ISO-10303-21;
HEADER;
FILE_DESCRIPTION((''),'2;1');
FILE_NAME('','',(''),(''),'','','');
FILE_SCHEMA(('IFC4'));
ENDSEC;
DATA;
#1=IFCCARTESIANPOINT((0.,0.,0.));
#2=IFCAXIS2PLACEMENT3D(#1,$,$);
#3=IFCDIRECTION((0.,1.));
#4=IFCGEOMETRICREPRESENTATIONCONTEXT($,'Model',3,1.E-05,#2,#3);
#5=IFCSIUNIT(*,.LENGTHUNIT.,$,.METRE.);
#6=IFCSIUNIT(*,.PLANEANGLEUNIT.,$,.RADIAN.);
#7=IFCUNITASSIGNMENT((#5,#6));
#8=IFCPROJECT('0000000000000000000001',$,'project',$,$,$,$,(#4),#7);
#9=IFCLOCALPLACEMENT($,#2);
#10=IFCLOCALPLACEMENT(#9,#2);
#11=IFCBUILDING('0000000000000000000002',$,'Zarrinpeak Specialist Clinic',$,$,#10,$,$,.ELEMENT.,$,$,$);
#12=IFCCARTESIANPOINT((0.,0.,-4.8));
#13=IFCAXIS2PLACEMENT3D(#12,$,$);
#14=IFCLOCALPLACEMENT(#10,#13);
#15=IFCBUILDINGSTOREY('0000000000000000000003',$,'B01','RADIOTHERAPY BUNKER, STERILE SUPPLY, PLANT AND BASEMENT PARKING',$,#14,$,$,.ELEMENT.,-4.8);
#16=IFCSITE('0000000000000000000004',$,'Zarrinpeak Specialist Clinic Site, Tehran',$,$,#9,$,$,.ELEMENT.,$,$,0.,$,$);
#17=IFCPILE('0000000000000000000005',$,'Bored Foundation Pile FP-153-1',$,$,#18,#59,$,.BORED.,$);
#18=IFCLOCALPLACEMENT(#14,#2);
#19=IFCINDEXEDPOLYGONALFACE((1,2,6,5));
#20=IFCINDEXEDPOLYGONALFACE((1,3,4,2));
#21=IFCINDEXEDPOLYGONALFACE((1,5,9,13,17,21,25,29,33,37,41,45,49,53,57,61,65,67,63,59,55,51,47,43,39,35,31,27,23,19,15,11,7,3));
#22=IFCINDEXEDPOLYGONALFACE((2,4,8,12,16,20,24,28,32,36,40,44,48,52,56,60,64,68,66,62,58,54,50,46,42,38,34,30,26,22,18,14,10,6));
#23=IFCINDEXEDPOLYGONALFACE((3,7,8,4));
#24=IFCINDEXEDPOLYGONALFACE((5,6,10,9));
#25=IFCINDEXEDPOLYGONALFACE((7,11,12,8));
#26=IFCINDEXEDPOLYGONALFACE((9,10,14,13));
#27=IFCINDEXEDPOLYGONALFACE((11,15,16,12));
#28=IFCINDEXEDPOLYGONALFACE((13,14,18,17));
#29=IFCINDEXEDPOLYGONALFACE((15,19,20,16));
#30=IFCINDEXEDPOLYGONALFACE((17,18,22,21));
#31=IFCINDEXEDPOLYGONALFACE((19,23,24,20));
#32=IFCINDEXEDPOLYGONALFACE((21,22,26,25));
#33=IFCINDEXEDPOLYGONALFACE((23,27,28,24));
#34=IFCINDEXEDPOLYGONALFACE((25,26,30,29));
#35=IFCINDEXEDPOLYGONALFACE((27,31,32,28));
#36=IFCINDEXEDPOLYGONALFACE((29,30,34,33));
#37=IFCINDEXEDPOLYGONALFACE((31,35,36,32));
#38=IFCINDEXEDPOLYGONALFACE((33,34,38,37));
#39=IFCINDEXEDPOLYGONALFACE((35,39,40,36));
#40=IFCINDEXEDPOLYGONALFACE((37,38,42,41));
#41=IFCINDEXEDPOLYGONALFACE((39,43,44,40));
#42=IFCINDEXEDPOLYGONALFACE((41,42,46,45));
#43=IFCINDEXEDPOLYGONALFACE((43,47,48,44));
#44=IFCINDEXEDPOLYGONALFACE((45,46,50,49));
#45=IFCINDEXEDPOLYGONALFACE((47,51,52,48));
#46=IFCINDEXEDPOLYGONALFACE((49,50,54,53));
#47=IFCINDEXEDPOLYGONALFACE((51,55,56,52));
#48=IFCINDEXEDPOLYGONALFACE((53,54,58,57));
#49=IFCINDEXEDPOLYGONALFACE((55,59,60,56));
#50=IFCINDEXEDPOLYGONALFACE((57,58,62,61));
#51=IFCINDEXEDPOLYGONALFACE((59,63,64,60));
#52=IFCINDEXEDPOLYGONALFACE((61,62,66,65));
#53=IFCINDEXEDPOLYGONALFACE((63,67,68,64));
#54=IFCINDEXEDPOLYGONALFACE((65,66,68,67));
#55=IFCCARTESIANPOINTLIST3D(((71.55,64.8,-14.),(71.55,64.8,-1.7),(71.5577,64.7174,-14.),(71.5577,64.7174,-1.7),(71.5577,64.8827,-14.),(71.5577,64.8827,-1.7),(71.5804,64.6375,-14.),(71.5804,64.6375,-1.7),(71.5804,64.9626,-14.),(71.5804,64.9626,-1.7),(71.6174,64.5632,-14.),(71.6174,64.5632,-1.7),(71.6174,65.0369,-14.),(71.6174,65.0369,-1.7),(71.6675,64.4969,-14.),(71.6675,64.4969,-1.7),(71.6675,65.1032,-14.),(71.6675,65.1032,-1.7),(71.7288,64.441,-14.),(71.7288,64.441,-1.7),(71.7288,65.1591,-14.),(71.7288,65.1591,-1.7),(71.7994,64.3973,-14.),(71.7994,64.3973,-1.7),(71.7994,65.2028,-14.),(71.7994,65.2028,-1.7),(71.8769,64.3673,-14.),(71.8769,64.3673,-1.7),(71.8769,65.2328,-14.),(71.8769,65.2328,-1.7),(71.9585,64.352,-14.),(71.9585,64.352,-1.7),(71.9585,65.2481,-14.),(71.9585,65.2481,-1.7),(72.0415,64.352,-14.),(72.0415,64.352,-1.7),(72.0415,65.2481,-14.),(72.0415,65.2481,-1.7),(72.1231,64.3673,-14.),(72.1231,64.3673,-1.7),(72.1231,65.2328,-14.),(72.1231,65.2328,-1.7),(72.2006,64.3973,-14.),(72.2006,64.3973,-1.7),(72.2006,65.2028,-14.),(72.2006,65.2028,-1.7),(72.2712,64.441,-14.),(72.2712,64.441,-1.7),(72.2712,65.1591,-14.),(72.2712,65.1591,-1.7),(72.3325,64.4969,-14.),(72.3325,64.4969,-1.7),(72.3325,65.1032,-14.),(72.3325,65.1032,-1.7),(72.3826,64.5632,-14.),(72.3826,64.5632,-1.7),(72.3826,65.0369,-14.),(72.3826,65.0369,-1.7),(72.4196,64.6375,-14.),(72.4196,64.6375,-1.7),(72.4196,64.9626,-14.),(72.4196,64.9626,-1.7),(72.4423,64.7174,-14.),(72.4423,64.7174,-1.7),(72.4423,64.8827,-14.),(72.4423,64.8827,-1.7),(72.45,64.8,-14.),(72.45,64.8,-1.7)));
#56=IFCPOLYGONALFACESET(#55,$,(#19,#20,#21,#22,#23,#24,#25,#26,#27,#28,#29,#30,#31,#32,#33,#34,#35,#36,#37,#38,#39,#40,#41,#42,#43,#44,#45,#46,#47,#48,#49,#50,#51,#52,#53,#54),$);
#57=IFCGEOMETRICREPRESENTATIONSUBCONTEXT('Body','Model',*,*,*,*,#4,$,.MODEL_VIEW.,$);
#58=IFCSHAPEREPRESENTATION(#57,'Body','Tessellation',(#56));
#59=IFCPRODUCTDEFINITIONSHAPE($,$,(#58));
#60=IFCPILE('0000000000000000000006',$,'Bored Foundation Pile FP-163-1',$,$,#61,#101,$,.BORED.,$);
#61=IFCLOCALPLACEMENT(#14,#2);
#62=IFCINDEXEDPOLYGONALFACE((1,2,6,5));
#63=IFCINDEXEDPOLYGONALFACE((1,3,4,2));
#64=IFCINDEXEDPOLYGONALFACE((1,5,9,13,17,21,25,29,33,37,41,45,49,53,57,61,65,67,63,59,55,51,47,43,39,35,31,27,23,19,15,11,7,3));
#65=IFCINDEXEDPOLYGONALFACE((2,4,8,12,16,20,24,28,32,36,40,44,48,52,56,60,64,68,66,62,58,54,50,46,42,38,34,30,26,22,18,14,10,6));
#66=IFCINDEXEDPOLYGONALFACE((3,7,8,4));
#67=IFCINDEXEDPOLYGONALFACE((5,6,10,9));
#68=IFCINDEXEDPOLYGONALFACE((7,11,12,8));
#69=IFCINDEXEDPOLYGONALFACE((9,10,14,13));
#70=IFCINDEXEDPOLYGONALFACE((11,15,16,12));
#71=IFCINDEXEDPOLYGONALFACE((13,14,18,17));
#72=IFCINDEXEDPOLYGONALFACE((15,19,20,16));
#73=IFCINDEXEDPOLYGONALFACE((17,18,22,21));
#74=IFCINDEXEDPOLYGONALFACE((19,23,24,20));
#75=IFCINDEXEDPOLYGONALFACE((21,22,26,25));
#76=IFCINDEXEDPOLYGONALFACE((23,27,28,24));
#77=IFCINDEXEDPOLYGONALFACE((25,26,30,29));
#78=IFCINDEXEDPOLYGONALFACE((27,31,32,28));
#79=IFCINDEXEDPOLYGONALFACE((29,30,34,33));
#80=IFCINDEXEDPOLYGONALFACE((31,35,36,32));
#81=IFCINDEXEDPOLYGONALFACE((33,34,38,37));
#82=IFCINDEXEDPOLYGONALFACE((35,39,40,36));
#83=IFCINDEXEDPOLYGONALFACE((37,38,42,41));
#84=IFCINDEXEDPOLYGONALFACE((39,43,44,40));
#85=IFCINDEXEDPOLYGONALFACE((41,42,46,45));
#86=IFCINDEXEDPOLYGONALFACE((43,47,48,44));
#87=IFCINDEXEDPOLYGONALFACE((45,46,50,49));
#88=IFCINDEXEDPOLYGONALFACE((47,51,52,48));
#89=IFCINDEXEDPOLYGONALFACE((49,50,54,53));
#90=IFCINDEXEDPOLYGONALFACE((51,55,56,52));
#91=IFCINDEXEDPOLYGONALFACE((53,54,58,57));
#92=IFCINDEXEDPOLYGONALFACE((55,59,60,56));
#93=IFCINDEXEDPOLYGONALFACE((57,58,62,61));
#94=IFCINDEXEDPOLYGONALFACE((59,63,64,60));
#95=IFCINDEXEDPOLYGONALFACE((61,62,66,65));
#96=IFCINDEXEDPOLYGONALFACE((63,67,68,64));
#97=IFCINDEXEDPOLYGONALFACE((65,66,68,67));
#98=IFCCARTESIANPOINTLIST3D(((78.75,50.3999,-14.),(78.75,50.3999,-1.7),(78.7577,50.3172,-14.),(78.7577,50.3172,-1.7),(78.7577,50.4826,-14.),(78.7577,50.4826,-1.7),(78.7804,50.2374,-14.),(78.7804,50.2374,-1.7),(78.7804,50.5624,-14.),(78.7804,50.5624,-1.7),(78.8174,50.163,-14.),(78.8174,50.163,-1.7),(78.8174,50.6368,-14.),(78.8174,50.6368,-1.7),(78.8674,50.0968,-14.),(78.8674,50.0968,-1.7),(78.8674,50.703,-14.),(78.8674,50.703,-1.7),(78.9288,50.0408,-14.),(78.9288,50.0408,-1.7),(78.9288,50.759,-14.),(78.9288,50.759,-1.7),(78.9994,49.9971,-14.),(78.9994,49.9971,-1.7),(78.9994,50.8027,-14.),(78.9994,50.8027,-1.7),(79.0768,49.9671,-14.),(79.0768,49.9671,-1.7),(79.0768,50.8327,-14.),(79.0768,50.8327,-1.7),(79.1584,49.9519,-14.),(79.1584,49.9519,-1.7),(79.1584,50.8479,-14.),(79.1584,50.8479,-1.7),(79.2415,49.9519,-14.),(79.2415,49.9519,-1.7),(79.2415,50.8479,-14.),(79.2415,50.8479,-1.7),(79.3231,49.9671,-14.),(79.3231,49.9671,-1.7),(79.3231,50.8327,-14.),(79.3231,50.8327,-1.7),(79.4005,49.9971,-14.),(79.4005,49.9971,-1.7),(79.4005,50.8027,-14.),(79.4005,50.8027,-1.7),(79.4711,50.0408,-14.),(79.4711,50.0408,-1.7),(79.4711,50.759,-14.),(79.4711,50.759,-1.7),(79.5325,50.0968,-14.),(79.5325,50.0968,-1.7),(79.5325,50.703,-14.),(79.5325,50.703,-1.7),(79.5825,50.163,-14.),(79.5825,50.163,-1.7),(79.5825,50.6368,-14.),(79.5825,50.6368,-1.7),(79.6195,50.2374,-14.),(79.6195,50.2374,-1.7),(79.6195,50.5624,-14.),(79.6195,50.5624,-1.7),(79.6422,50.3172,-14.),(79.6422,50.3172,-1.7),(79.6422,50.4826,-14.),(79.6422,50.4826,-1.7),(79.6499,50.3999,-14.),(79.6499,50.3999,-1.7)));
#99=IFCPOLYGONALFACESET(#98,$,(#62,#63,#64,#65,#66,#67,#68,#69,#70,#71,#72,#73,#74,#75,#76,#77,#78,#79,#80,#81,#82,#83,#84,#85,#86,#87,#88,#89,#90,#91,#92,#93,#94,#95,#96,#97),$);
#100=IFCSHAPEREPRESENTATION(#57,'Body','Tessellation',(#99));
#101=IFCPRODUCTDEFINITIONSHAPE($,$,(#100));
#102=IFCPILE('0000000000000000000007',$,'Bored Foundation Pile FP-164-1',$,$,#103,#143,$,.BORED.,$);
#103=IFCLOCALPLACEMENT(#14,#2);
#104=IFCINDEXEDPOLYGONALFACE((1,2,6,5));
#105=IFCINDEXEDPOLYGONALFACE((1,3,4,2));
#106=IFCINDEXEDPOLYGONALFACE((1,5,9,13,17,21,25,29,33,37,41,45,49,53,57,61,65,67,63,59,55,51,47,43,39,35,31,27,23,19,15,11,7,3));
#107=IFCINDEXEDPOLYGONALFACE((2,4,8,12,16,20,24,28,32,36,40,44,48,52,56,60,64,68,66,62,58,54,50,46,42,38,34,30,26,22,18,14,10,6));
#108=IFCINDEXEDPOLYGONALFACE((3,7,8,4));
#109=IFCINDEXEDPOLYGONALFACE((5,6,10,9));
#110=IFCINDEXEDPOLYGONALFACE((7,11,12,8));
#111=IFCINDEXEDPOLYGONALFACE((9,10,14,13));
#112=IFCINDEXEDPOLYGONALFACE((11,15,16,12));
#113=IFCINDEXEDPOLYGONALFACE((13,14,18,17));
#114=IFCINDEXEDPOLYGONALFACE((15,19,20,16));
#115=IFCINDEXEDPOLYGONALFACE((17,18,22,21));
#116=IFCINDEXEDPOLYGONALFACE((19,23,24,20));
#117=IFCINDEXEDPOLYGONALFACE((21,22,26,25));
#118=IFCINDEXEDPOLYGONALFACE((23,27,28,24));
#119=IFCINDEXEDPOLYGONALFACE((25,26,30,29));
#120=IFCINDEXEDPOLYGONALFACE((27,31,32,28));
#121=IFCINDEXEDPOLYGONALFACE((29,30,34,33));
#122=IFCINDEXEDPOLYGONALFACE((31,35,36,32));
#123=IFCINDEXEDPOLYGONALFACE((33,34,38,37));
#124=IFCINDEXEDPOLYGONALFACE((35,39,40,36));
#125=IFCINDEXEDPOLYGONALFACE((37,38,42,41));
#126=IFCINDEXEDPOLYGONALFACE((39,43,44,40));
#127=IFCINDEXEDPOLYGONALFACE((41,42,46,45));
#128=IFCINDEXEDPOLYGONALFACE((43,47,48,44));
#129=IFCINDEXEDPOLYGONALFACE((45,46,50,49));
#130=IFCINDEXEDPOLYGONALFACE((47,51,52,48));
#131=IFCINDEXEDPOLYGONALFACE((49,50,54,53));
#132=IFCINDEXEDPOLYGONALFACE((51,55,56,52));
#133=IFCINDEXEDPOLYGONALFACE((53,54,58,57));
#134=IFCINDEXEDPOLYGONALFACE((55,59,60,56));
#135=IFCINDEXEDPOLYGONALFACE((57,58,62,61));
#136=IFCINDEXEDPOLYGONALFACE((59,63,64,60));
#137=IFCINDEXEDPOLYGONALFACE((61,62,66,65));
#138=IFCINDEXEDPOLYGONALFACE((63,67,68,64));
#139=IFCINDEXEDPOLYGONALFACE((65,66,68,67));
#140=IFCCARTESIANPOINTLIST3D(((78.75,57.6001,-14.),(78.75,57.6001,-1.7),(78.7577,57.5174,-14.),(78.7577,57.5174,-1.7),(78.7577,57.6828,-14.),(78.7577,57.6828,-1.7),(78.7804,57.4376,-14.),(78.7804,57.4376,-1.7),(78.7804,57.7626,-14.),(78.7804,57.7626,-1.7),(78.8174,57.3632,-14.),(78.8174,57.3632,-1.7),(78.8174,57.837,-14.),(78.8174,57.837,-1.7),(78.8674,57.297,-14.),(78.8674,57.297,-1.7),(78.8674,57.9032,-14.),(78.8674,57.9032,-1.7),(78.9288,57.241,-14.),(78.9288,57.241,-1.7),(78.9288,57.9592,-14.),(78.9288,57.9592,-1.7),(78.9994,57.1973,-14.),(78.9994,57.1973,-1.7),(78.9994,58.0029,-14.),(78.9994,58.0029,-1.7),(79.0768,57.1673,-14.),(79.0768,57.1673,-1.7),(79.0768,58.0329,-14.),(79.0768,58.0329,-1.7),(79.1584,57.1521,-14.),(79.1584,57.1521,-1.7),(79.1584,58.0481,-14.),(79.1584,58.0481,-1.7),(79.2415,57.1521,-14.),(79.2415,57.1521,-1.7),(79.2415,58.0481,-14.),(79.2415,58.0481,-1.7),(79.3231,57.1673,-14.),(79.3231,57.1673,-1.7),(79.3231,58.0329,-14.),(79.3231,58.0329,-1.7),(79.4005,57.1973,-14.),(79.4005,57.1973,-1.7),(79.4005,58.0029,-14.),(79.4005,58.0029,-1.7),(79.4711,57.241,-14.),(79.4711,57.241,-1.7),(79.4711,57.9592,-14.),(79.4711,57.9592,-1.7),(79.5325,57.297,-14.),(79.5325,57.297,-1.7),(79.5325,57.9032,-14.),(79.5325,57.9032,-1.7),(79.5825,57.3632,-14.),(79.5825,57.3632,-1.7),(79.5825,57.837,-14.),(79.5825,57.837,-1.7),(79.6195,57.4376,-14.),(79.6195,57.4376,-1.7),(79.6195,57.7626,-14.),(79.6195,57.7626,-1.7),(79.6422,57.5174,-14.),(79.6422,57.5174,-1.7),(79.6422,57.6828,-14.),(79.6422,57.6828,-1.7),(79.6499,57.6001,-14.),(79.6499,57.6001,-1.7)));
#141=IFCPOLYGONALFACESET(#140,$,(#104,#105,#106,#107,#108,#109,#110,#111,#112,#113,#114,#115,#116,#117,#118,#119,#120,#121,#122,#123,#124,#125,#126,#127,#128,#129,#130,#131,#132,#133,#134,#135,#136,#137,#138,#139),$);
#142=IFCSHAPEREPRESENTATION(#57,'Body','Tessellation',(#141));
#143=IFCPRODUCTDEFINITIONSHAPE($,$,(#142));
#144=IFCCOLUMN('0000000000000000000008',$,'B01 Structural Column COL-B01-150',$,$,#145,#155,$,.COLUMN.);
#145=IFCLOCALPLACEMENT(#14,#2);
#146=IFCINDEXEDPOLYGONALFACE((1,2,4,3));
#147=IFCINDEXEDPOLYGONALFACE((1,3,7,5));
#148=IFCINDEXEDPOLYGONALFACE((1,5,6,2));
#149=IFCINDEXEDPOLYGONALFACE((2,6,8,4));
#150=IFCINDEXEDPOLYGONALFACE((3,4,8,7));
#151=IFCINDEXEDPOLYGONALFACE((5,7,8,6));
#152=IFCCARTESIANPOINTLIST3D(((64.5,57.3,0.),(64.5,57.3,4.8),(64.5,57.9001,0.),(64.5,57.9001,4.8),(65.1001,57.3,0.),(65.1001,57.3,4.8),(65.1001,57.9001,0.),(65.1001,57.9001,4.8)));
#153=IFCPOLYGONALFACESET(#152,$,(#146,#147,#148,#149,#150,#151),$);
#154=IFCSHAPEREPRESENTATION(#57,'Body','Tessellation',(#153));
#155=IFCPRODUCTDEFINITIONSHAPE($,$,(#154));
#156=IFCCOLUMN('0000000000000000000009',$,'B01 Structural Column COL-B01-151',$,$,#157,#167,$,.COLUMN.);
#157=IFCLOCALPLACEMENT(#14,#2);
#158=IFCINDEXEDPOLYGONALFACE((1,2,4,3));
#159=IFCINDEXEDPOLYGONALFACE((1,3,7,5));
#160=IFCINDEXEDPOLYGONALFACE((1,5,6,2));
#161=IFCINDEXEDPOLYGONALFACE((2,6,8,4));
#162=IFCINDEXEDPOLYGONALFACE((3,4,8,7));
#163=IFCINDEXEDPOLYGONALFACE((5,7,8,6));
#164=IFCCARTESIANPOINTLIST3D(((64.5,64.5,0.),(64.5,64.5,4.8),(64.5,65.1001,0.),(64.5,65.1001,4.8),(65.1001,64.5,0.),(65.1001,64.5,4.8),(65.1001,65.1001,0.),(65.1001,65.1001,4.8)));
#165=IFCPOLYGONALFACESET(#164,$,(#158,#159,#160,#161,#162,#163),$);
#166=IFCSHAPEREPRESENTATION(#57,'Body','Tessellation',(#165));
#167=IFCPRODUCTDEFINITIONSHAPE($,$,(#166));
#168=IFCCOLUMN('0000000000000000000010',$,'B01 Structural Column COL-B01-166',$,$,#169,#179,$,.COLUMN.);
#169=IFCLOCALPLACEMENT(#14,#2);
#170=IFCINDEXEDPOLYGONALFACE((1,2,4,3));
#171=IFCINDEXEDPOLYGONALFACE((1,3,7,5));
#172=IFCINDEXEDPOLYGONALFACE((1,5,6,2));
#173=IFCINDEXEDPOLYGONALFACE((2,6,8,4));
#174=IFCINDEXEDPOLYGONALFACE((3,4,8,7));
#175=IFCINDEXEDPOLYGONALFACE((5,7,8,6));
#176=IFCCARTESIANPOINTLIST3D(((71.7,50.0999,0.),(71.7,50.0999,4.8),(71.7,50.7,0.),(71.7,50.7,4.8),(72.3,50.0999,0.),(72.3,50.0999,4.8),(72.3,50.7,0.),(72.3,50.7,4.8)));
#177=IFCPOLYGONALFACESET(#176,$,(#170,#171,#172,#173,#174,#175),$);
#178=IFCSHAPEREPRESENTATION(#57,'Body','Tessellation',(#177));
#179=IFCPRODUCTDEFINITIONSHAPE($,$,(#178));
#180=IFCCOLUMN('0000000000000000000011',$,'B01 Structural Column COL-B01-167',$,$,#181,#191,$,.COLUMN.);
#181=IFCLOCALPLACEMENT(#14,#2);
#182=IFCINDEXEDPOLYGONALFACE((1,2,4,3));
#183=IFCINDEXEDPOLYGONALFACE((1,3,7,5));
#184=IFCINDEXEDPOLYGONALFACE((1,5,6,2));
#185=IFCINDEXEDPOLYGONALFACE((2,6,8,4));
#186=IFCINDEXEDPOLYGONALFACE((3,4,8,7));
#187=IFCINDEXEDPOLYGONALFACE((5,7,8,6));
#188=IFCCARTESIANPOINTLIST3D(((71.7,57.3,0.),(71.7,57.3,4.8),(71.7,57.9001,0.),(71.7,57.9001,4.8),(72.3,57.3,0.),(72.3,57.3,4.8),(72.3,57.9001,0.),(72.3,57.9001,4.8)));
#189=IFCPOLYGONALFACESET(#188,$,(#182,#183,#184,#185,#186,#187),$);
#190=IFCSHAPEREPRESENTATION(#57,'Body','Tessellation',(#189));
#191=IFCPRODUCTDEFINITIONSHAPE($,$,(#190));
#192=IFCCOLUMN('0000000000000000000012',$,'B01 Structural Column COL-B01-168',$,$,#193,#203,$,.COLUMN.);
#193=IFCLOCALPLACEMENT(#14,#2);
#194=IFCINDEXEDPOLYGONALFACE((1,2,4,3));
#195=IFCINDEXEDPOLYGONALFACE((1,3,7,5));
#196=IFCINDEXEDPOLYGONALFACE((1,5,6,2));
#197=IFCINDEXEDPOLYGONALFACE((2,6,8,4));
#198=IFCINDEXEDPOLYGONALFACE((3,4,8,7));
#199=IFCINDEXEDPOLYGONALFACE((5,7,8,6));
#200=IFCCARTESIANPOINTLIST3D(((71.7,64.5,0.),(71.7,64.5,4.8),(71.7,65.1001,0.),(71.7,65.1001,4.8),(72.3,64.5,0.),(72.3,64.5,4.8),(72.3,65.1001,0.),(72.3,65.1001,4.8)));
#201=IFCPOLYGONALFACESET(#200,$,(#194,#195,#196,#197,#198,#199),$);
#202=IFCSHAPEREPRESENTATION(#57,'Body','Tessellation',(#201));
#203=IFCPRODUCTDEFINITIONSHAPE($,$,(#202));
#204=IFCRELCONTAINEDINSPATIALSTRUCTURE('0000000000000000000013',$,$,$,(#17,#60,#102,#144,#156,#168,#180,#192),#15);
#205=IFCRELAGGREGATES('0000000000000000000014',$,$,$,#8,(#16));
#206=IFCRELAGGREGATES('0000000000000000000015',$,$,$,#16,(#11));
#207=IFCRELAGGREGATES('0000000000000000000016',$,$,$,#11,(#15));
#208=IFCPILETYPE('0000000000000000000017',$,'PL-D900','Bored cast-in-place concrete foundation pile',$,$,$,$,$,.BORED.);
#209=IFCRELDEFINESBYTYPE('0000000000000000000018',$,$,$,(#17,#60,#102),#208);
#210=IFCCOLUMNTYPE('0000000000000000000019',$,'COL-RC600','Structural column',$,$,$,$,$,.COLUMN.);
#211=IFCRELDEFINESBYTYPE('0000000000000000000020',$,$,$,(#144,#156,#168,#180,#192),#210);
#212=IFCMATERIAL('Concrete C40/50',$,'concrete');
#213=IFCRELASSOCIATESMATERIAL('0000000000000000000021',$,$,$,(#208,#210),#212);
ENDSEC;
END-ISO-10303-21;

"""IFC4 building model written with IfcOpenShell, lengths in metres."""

from ifc_helpers import new_model, si_unit, direction, frame, origin, origin_2d, place, context, subcontext, project, spatial, rectangle, circle, extrude, material, material_profile, profile_set, type_object, element, save


model = new_model("IFC4")

# Units and contexts
model_context = context("Model", 3, precision=1e-05, world=origin(), true_north=direction((0.0, 1.0)))
body_context = subcontext(model_context, "Body", "Model", "MODEL_VIEW")
ifc_project = project(units=[si_unit("LENGTHUNIT", "METRE"), si_unit("PLANEANGLEUNIT", "RADIAN")], contexts=[model_context])

# Site, building, storey
site_placement = place(None, origin())
site = spatial("IfcSite", under=ifc_project, at=site_placement, Name="Zarrinpeak Specialist Clinic Site, Tehran", CompositionType="ELEMENT", RefElevation=0.0)
building_placement = place(site_placement, origin())
building = spatial("IfcBuilding", under=site, at=building_placement, Name="Zarrinpeak Specialist Clinic", CompositionType="ELEMENT")
storey_placement = place(building_placement, frame((0.0, 0.0, -4.8)))
storey = spatial("IfcBuildingStorey", under=building, at=storey_placement, Name="B01", Description="RADIOTHERAPY BUNKER, STERILE SUPPLY, PLANT AND BASEMENT PARKING", CompositionType="ELEMENT", Elevation=-4.8)

# Shared definitions
ifc_material = material(Name="Concrete C40/50", Category="concrete")

# Piles
ifc_material_profile_1 = material_profile(ifc_material, circle(Radius=0.45, at=origin_2d()), Name="BORED PILE D900")
ifc_profile_set_1 = profile_set([ifc_material_profile_1], Name="Concrete C40/50")
pile_type = type_object("IfcPileType", Name="PL-D900", Description="Bored cast-in-place concrete foundation pile", PredefinedType="BORED", material=ifc_profile_set_1)
for number, where, z_axis, x_axis, name in (
    (1, (72.0, 64.8, -1.7), (0.0, 0.0, -1.0), (1.0, 0.0, 0.0), "Bored Foundation Pile FP-153-1"),
    (2, (79.2, 50.3999, -1.7), (0.0, 0.0, -1.0), (1.0, 0.0, 0.0), "Bored Foundation Pile FP-163-1"),
    (3, (79.2, 57.6001, -1.7), (0.0, 0.0, -1.0), (1.0, 0.0, 0.0), "Bored Foundation Pile FP-164-1"),
):
    element("IfcPile", number, at=place(storey_placement, frame(where, z_axis=z_axis, x_axis=x_axis)), inside=storey, type_object=pile_type, Name=name, PredefinedType="BORED", context=body_context, shape_type="SweptSolid", body=[
        extrude(circle(Radius=0.45, at=origin_2d()), origin(), (0.0, 0.0, 1.0), 12.3),
    ])

# Columns
ifc_material_profile_2 = material_profile(ifc_material, rectangle(XDim=0.6001, YDim=0.6001, at=origin_2d()), Name="RC 600x600")
ifc_profile_set_2 = profile_set([ifc_material_profile_2], Name="Concrete C40/50")
column_type = type_object("IfcColumnType", Name="COL-RC600", Description="Structural column", PredefinedType="COLUMN", material=ifc_profile_set_2)
for number, where, z_axis, x_axis, name in (
    (4, (64.8, 57.6001, 0.0), (0.0, 0.0, 1.0), (1.0, 0.0, 0.0), "B01 Structural Column COL-B01-150"),
    (5, (64.8, 64.8, 0.0), (0.0, 0.0, 1.0), (1.0, 0.0, 0.0), "B01 Structural Column COL-B01-151"),
    (6, (72.0, 50.3999, 0.0), (0.0, 0.0, 1.0), (1.0, 0.0, 0.0), "B01 Structural Column COL-B01-166"),
    (7, (72.0, 57.6001, 0.0), (0.0, 0.0, 1.0), (1.0, 0.0, 0.0), "B01 Structural Column COL-B01-167"),
    (8, (72.0, 64.8, 0.0), (0.0, 0.0, 1.0), (1.0, 0.0, 0.0), "B01 Structural Column COL-B01-168"),
):
    element("IfcColumn", number, at=place(storey_placement, frame(where, z_axis=z_axis, x_axis=x_axis)), inside=storey, type_object=column_type, Name=name, PredefinedType="COLUMN", context=body_context, shape_type="SweptSolid", body=[
        extrude(rectangle(XDim=0.6001, YDim=0.6001, at=origin_2d()), origin(), (0.0, 0.0, 1.0), 4.8),
    ])

save(model, "model.ifc")
